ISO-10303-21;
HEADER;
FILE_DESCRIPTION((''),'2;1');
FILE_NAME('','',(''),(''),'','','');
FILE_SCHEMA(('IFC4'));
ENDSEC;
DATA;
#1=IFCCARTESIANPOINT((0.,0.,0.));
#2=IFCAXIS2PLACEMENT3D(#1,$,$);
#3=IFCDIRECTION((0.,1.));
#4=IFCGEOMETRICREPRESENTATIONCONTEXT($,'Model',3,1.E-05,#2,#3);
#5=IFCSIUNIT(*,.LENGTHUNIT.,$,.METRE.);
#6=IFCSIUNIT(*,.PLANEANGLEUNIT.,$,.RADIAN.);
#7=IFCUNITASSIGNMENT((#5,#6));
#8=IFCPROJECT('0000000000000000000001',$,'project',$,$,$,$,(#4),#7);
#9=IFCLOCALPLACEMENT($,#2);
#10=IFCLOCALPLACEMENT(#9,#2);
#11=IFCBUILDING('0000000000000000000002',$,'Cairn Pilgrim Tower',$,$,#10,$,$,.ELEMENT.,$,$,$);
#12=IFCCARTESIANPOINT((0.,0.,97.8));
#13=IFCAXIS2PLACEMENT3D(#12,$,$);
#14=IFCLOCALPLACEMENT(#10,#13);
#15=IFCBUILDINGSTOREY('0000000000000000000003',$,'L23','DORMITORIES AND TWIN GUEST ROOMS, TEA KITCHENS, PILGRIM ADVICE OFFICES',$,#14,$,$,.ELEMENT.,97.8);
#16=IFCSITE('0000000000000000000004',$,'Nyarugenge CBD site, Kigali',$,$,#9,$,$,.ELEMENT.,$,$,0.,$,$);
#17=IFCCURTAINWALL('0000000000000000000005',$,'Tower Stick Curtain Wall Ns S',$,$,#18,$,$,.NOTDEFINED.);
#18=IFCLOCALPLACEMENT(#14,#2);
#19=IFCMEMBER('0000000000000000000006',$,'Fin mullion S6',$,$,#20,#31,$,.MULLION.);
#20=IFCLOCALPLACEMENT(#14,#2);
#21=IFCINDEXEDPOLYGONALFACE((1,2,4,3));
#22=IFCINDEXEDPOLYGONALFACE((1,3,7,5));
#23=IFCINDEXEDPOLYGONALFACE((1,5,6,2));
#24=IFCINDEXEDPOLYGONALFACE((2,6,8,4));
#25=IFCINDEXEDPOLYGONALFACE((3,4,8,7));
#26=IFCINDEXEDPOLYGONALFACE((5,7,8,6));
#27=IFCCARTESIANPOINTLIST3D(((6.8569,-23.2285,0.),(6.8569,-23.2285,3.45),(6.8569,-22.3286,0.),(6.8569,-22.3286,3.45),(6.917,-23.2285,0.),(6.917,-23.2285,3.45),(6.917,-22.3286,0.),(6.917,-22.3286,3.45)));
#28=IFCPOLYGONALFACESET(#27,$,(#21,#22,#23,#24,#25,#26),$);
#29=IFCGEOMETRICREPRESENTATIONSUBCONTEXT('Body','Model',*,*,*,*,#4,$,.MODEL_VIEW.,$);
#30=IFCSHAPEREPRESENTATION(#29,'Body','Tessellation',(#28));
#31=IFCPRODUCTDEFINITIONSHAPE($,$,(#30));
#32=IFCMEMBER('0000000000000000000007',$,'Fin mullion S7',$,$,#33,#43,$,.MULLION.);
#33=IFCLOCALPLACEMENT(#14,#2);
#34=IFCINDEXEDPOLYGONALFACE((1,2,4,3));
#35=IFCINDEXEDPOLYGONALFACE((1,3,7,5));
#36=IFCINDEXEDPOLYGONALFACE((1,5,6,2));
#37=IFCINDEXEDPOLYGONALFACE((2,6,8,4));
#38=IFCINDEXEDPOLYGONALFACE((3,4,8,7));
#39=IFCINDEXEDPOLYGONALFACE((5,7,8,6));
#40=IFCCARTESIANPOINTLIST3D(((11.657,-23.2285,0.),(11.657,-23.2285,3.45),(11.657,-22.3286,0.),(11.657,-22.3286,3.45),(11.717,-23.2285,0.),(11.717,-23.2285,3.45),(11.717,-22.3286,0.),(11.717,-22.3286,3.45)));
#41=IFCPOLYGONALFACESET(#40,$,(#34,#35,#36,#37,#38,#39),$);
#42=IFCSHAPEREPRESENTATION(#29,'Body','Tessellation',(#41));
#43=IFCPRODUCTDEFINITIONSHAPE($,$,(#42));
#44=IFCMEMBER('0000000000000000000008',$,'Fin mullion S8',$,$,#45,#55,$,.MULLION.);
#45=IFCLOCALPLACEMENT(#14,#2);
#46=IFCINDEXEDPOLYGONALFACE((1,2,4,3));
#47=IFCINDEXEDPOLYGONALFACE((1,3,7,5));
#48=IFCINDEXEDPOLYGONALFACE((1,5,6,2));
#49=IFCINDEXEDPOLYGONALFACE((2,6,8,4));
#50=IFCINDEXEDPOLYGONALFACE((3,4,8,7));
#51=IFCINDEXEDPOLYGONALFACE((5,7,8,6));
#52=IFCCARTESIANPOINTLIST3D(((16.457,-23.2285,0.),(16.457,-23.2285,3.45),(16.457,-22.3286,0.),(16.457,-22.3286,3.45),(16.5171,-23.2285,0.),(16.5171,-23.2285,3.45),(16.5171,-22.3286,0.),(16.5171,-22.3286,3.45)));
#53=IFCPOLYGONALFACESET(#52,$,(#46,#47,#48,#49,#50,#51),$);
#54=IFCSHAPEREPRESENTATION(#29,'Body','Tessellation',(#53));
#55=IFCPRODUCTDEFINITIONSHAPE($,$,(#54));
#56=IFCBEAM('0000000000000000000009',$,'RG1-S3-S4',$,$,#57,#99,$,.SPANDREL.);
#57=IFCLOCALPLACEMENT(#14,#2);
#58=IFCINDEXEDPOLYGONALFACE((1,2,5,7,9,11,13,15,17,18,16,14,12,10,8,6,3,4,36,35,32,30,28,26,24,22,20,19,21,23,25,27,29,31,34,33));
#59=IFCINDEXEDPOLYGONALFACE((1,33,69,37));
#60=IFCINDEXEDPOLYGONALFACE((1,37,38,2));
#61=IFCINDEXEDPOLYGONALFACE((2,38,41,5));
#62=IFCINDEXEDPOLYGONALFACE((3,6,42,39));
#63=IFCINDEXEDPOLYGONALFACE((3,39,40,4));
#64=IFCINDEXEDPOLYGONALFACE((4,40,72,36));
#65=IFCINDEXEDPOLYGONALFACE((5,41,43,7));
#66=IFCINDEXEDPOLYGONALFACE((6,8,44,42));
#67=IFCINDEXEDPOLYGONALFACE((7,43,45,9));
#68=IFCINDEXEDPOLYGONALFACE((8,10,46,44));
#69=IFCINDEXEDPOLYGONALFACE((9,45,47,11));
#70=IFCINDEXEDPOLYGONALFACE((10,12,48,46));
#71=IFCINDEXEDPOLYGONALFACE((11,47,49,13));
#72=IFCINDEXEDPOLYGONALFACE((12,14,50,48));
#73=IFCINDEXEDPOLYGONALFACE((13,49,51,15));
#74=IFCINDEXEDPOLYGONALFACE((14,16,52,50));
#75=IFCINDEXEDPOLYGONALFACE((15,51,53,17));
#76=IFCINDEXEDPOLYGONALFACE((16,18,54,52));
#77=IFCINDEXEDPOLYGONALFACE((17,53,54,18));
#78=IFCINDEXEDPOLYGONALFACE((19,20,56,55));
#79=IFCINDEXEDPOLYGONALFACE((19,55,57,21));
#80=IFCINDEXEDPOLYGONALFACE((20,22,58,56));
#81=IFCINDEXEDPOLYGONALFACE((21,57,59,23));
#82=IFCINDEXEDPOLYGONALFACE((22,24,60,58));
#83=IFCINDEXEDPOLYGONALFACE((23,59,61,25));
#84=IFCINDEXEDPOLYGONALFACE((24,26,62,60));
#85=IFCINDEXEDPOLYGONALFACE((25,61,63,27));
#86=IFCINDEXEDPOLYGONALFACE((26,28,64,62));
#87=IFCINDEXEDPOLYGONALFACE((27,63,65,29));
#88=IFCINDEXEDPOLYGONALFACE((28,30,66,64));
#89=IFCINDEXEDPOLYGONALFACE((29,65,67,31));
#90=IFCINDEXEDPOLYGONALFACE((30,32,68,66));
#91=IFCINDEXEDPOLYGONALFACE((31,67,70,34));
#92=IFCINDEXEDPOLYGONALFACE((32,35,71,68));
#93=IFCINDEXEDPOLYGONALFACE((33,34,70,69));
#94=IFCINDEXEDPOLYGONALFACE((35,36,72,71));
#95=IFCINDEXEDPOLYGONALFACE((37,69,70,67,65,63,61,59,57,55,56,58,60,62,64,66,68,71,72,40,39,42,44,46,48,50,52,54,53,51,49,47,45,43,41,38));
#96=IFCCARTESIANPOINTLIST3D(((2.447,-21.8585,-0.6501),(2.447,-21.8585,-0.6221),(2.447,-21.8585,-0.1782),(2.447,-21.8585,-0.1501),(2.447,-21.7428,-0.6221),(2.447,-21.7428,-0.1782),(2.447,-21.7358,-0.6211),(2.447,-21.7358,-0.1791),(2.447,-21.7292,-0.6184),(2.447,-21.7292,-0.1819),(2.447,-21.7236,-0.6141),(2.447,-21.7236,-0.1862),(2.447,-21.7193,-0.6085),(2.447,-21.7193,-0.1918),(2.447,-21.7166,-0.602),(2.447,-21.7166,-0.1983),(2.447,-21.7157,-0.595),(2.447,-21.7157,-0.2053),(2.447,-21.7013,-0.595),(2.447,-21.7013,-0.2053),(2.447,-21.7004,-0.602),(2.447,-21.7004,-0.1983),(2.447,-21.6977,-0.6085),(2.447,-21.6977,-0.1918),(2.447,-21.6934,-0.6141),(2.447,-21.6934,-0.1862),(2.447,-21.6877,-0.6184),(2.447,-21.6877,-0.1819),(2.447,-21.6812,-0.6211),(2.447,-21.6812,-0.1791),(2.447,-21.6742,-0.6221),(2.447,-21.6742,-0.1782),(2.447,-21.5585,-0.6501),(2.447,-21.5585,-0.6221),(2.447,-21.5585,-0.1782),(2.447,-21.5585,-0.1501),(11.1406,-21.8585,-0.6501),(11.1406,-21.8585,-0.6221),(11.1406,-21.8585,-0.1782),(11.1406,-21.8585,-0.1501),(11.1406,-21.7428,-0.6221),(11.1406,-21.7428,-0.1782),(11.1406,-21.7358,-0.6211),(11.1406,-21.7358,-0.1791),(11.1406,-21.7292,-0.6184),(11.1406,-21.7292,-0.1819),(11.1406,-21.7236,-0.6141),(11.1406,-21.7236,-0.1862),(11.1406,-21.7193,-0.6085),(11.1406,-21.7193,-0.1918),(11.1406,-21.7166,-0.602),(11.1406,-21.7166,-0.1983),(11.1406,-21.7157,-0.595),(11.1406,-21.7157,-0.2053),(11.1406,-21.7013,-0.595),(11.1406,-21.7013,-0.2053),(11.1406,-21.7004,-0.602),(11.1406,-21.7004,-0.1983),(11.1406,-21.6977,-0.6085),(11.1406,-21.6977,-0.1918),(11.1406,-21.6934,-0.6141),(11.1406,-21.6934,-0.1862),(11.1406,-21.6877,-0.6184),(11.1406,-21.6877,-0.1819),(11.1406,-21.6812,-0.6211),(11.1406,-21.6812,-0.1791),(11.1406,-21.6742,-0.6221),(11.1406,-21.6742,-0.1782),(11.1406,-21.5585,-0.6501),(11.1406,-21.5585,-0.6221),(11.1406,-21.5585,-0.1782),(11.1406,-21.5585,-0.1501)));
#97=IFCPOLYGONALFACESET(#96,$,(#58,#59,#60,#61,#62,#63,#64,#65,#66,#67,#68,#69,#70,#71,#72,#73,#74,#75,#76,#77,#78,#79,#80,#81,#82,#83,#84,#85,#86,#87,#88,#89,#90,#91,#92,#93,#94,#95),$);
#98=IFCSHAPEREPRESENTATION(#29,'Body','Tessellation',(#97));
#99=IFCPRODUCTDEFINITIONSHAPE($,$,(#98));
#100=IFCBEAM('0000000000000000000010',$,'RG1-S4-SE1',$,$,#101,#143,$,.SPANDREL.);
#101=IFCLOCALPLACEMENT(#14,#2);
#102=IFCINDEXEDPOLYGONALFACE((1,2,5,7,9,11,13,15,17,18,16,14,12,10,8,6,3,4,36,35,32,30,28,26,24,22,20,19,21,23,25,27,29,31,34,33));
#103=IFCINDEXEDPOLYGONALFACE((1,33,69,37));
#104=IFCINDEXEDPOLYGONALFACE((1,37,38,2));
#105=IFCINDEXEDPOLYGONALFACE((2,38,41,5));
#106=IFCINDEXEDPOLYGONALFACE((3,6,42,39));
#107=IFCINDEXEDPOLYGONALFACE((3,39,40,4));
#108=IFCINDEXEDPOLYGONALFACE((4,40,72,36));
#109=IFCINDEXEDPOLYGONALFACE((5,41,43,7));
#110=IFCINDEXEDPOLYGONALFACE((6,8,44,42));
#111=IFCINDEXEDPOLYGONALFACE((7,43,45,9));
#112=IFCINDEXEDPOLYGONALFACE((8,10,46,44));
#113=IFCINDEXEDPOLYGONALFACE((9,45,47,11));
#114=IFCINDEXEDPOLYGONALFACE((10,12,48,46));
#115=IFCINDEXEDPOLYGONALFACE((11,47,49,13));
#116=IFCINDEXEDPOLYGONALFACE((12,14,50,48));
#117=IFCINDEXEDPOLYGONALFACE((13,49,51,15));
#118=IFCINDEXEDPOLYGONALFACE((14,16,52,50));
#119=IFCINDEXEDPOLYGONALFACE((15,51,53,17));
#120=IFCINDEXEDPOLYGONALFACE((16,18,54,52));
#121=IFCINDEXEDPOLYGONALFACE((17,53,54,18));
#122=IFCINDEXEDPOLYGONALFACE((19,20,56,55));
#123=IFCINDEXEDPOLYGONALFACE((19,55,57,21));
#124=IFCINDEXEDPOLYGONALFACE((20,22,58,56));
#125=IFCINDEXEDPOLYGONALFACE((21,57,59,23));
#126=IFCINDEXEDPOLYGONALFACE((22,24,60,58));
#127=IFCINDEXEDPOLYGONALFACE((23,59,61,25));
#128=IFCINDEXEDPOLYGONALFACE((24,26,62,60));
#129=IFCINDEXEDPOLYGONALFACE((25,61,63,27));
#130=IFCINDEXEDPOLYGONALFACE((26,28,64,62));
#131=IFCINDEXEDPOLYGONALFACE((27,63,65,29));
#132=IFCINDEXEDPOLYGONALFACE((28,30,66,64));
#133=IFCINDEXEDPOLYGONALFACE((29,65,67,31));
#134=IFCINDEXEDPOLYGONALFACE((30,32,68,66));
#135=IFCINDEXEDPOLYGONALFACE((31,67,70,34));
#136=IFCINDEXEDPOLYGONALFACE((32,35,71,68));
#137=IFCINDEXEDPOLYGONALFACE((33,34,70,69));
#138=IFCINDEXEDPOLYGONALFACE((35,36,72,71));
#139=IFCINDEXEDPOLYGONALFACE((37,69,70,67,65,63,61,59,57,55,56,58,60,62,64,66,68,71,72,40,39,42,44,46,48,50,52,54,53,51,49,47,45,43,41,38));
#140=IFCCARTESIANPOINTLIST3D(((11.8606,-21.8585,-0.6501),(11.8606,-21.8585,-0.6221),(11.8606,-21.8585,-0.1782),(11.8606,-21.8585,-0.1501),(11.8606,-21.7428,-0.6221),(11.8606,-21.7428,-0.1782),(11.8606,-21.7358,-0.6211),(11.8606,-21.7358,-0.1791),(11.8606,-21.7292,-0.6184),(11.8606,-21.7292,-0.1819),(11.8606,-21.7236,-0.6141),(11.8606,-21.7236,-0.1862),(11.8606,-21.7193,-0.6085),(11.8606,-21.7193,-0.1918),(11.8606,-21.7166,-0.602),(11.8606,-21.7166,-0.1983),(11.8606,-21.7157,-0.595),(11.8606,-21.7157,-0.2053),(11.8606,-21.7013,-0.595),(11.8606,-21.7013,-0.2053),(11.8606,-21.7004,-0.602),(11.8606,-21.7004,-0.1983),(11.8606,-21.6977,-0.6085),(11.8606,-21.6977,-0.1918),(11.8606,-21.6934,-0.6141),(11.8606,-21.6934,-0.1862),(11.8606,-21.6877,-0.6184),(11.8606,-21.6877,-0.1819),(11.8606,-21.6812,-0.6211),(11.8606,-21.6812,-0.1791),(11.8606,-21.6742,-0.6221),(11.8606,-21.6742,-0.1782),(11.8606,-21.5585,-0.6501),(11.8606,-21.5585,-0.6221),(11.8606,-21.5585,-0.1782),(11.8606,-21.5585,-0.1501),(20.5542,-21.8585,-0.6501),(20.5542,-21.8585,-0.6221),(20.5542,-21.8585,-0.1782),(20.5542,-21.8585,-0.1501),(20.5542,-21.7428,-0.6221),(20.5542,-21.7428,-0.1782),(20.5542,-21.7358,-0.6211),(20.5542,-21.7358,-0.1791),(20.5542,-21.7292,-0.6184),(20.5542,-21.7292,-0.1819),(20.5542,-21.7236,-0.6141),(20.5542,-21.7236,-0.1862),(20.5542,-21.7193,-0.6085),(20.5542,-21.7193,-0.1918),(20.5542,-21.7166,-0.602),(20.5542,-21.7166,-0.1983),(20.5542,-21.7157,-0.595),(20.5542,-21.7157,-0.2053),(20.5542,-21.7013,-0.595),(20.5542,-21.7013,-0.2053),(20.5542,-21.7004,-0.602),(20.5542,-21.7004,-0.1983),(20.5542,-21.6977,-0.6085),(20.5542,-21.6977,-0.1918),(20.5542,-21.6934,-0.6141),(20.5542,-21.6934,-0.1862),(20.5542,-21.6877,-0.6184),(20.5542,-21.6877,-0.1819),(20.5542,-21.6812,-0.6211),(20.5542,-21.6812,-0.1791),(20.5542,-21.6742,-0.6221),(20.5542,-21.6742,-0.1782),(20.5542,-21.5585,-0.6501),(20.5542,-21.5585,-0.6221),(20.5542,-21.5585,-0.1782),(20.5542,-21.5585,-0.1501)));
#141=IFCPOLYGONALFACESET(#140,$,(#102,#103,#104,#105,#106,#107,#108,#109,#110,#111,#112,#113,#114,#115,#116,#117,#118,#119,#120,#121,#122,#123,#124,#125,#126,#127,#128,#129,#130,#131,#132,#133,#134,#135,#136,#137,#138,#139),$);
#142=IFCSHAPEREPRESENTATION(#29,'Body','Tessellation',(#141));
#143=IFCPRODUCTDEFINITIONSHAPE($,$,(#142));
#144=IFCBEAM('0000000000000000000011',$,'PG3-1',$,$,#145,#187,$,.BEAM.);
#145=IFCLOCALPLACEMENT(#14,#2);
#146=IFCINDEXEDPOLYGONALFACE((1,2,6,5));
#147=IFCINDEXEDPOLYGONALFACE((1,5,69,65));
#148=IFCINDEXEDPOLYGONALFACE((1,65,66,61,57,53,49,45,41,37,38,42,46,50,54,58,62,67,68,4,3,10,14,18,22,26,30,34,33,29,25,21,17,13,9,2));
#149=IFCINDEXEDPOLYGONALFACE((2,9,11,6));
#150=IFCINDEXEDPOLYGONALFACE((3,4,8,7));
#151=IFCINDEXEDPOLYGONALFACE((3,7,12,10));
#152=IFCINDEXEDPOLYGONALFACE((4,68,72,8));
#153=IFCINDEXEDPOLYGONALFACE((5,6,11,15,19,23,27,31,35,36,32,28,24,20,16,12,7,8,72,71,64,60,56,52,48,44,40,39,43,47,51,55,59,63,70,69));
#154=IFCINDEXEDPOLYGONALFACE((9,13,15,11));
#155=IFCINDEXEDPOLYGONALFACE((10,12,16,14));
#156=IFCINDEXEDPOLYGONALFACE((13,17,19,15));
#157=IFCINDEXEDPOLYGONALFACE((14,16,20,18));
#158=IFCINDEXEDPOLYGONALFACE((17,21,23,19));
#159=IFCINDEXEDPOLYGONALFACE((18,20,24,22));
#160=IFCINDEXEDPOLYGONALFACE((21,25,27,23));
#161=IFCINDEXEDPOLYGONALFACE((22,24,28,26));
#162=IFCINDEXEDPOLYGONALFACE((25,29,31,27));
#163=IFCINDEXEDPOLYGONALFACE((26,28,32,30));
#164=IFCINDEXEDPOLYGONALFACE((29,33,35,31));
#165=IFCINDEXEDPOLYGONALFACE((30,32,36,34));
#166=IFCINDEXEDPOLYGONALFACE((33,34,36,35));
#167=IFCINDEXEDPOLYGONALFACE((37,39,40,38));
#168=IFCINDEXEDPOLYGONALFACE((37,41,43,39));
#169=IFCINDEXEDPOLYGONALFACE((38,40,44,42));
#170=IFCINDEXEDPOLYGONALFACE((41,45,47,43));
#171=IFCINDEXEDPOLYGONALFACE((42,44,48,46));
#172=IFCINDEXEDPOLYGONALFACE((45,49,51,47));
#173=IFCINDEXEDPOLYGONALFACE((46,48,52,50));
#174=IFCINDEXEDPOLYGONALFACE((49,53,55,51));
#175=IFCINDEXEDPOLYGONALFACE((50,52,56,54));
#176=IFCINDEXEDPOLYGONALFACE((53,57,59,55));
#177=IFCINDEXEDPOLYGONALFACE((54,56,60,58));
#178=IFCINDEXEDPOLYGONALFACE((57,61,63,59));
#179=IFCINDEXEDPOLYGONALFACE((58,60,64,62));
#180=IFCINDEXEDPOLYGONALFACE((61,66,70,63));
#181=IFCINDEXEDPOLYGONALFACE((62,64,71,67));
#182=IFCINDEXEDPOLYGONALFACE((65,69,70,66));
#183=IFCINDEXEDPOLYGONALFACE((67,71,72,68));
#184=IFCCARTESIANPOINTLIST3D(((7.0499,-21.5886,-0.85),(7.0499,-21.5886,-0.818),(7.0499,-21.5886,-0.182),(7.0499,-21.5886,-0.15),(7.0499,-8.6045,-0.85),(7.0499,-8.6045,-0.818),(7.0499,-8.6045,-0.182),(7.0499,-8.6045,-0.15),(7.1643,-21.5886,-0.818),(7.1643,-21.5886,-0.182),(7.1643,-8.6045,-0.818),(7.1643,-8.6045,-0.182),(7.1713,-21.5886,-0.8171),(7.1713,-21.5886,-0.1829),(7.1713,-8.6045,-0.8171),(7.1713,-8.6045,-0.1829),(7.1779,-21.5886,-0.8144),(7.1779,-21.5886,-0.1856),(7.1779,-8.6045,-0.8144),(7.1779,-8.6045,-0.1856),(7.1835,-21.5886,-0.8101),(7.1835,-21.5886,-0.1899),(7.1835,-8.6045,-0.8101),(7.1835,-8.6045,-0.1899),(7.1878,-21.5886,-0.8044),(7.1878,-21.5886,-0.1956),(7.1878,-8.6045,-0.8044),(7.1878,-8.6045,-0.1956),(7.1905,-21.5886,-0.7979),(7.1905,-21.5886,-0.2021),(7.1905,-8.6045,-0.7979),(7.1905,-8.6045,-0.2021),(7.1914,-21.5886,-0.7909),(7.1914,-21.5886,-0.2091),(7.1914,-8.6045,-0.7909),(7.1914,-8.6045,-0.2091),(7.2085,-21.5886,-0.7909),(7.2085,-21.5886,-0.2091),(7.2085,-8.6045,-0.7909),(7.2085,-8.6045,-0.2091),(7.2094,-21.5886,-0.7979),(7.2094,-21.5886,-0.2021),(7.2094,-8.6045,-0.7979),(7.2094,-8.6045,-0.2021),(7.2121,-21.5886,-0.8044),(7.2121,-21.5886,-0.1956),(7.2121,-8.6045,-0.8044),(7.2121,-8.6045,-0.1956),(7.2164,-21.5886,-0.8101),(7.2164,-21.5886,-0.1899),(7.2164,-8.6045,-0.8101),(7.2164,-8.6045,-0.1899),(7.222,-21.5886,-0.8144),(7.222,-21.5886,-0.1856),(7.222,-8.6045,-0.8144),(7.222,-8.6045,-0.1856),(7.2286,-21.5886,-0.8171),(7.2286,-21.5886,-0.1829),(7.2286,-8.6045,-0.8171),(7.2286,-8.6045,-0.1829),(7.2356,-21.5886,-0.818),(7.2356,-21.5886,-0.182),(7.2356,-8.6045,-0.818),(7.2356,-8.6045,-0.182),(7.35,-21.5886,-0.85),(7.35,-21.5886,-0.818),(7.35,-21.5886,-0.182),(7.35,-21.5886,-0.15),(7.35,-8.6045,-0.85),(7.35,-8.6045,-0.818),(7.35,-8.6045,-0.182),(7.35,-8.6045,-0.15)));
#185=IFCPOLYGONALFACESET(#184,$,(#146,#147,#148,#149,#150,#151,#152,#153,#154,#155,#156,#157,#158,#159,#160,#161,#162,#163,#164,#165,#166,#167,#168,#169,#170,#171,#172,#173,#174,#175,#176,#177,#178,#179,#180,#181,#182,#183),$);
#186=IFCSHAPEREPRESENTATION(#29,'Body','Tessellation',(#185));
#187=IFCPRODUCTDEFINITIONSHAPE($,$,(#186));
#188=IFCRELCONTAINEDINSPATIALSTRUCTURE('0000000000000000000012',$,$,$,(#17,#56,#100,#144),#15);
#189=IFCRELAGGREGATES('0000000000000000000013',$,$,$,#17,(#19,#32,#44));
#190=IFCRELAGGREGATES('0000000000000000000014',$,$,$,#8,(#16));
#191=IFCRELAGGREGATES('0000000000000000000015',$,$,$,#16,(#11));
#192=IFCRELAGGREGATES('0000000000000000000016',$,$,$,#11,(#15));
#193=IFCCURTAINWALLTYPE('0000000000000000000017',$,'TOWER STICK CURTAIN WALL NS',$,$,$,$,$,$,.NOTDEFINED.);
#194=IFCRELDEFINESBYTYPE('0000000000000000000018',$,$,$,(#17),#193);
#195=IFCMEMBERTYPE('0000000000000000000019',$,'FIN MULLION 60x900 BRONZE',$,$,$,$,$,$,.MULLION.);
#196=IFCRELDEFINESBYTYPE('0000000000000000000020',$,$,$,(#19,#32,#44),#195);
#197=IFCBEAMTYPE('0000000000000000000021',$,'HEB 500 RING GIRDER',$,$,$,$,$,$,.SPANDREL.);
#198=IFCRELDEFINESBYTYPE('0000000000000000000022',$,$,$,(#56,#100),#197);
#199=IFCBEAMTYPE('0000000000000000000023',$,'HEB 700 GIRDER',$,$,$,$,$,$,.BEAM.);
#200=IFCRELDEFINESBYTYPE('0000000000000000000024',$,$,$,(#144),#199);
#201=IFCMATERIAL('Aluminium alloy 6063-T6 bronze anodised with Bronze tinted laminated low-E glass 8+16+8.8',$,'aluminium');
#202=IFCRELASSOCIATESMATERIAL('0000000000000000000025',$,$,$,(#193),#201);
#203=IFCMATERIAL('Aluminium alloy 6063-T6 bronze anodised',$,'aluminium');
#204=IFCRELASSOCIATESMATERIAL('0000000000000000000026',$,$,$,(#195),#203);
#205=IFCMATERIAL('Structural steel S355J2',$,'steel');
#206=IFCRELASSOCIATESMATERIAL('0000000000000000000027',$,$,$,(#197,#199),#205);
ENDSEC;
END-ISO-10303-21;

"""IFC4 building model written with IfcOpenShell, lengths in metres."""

from ifc_helpers import new_model, si_unit, direction, frame, origin, origin_2d, place, context, subcontext, project, spatial, rectangle, i_section, extrude, material, material_profile, profile_set, type_object, element, aggregate, save


model = new_model("IFC4")

# Units and contexts
model_context = context("Model", 3, precision=1e-05, world=origin(), true_north=direction((0.0, 1.0)))
body_context = subcontext(model_context, "Body", "Model", "MODEL_VIEW")
ifc_project = project(units=[si_unit("LENGTHUNIT", "METRE"), si_unit("PLANEANGLEUNIT", "RADIAN")], contexts=[model_context])

# Site, building, storey
site_placement = place(None, origin())
site = spatial("IfcSite", under=ifc_project, at=site_placement, Name="Nyarugenge CBD site, Kigali", CompositionType="ELEMENT", RefElevation=0.0)
building_placement = place(site_placement, origin())
building = spatial("IfcBuilding", under=site, at=building_placement, Name="Cairn Pilgrim Tower", CompositionType="ELEMENT")
storey_placement = place(building_placement, frame((0.0, 0.0, 97.8)))
storey = spatial("IfcBuildingStorey", under=building, at=storey_placement, Name="L23", Description="DORMITORIES AND TWIN GUEST ROOMS, TEA KITCHENS, PILGRIM ADVICE OFFICES", CompositionType="ELEMENT", Elevation=97.8)

# Curtain wall, members
ifc_material_1 = material(Name="Aluminium alloy 6063-T6 bronze anodised with Bronze tinted laminated low-E glass 8+16+8.8", Category="aluminium")
curtain_wall_type = type_object("IfcCurtainWallType", Name="TOWER STICK CURTAIN WALL NS", PredefinedType="NOTDEFINED", material=ifc_material_1)
curtain_wall_placement = place(storey_placement, origin())
curtain_wall = element("IfcCurtainWall", 1, at=curtain_wall_placement, inside=storey, type_object=curtain_wall_type, Name="Tower Stick Curtain Wall Ns S", PredefinedType="NOTDEFINED")
ifc_material_2 = material(Name="Aluminium alloy 6063-T6 bronze anodised", Category="aluminium")
ifc_material_profile_1 = material_profile(ifc_material_2, rectangle(XDim=0.8999, YDim=0.0601, at=origin_2d()), Name="FIN MULLION 60x900 BRONZE")
ifc_profile_set_1 = profile_set([ifc_material_profile_1], Name="Aluminium alloy 6063-T6 bronze anodised")
member_type_1 = type_object("IfcMemberType", Name="FIN MULLION 60x900 BRONZE", PredefinedType="MULLION", material=ifc_profile_set_1)
member_1_placement = place(storey_placement, frame((6.887, -22.7786, 0.0), z_axis=(0.0, 0.0, 1.0), x_axis=(0.0, -1.0, 0.0)))
member_1 = element("IfcMember", 2, at=member_1_placement, type_object=member_type_1, Name="Fin mullion S6", PredefinedType="MULLION", context=body_context, shape_type="SweptSolid", body=[
    extrude(rectangle(XDim=0.8999, YDim=0.0601, at=origin_2d()), origin(), (0.0, 0.0, 1.0), 3.45),
])
member_2_placement = place(storey_placement, frame((11.687, -22.7786, 0.0), z_axis=(0.0, 0.0, 1.0), x_axis=(0.0, -1.0, 0.0)))
member_2 = element("IfcMember", 3, at=member_2_placement, type_object=member_type_1, Name="Fin mullion S7", PredefinedType="MULLION", context=body_context, shape_type="SweptSolid", body=[
    extrude(rectangle(XDim=0.8999, YDim=0.0601, at=origin_2d()), origin(), (0.0, 0.0, 1.0), 3.45),
])
member_3_placement = place(storey_placement, frame((16.4871, -22.7786, 0.0), z_axis=(0.0, 0.0, 1.0), x_axis=(0.0, -1.0, 0.0)))
member_3 = element("IfcMember", 4, at=member_3_placement, type_object=member_type_1, Name="Fin mullion S8", PredefinedType="MULLION", context=body_context, shape_type="SweptSolid", body=[
    extrude(rectangle(XDim=0.8999, YDim=0.0601, at=origin_2d()), origin(), (0.0, 0.0, 1.0), 3.45),
])

# Beams
ifc_material_3 = material(Name="Structural steel S355J2", Category="steel")
ifc_material_profile_2 = material_profile(ifc_material_3, i_section(OverallWidth=0.3, OverallDepth=0.5, WebThickness=0.0144, FlangeThickness=0.0281, FilletRadius=0.0271, at=origin_2d()), Name="HEB 500")
ifc_profile_set_2 = profile_set([ifc_material_profile_2], Name="Structural steel S355J2")
beam_type_1 = type_object("IfcBeamType", Name="HEB 500 RING GIRDER", PredefinedType="SPANDREL", material=ifc_profile_set_2)
for number, where, z_axis, x_axis, name in (
    (5, (2.447, -21.7085, -0.4001), (1.0, 0.0, 0.0), (0.0, 1.0, 0.0), "RG1-S3-S4"),
    (6, (11.8606, -21.7085, -0.4001), (1.0, 0.0, 0.0), (0.0, 1.0, 0.0), "RG1-S4-SE1"),
):
    element("IfcBeam", number, at=place(storey_placement, frame(where, z_axis=z_axis, x_axis=x_axis)), inside=storey, type_object=beam_type_1, Name=name, PredefinedType="SPANDREL", context=body_context, shape_type="SweptSolid", body=[
        extrude(i_section(OverallWidth=0.3, OverallDepth=0.5, WebThickness=0.0144, FlangeThickness=0.0281, FilletRadius=0.0271, at=origin_2d()), origin(), (0.0, 0.0, 1.0), 8.6936),
    ])
ifc_material_profile_3 = material_profile(ifc_material_3, i_section(OverallWidth=0.3, OverallDepth=0.7, WebThickness=0.0171, FlangeThickness=0.032, FilletRadius=0.0271, at=origin_2d()), Name="HEB 700")
ifc_profile_set_3 = profile_set([ifc_material_profile_3], Name="Structural steel S355J2")
beam_type_2 = type_object("IfcBeamType", Name="HEB 700 GIRDER", PredefinedType="BEAM", material=ifc_profile_set_3)
beam_placement = place(storey_placement, frame((7.2, -21.5886, -0.5), z_axis=(0.0, 1.0, 0.0), x_axis=(-1.0, 0.0, 0.0)))
element("IfcBeam", 7, at=beam_placement, inside=storey, type_object=beam_type_2, Name="PG3-1", PredefinedType="BEAM", context=body_context, shape_type="SweptSolid", body=[
    extrude(i_section(OverallWidth=0.3, OverallDepth=0.7, WebThickness=0.0171, FlangeThickness=0.032, FilletRadius=0.0271, at=origin_2d()), origin(), (0.0, 0.0, 1.0), 12.9841),
])

aggregate(curtain_wall, [member_1, member_2, member_3])

save(model, "model.ifc")
